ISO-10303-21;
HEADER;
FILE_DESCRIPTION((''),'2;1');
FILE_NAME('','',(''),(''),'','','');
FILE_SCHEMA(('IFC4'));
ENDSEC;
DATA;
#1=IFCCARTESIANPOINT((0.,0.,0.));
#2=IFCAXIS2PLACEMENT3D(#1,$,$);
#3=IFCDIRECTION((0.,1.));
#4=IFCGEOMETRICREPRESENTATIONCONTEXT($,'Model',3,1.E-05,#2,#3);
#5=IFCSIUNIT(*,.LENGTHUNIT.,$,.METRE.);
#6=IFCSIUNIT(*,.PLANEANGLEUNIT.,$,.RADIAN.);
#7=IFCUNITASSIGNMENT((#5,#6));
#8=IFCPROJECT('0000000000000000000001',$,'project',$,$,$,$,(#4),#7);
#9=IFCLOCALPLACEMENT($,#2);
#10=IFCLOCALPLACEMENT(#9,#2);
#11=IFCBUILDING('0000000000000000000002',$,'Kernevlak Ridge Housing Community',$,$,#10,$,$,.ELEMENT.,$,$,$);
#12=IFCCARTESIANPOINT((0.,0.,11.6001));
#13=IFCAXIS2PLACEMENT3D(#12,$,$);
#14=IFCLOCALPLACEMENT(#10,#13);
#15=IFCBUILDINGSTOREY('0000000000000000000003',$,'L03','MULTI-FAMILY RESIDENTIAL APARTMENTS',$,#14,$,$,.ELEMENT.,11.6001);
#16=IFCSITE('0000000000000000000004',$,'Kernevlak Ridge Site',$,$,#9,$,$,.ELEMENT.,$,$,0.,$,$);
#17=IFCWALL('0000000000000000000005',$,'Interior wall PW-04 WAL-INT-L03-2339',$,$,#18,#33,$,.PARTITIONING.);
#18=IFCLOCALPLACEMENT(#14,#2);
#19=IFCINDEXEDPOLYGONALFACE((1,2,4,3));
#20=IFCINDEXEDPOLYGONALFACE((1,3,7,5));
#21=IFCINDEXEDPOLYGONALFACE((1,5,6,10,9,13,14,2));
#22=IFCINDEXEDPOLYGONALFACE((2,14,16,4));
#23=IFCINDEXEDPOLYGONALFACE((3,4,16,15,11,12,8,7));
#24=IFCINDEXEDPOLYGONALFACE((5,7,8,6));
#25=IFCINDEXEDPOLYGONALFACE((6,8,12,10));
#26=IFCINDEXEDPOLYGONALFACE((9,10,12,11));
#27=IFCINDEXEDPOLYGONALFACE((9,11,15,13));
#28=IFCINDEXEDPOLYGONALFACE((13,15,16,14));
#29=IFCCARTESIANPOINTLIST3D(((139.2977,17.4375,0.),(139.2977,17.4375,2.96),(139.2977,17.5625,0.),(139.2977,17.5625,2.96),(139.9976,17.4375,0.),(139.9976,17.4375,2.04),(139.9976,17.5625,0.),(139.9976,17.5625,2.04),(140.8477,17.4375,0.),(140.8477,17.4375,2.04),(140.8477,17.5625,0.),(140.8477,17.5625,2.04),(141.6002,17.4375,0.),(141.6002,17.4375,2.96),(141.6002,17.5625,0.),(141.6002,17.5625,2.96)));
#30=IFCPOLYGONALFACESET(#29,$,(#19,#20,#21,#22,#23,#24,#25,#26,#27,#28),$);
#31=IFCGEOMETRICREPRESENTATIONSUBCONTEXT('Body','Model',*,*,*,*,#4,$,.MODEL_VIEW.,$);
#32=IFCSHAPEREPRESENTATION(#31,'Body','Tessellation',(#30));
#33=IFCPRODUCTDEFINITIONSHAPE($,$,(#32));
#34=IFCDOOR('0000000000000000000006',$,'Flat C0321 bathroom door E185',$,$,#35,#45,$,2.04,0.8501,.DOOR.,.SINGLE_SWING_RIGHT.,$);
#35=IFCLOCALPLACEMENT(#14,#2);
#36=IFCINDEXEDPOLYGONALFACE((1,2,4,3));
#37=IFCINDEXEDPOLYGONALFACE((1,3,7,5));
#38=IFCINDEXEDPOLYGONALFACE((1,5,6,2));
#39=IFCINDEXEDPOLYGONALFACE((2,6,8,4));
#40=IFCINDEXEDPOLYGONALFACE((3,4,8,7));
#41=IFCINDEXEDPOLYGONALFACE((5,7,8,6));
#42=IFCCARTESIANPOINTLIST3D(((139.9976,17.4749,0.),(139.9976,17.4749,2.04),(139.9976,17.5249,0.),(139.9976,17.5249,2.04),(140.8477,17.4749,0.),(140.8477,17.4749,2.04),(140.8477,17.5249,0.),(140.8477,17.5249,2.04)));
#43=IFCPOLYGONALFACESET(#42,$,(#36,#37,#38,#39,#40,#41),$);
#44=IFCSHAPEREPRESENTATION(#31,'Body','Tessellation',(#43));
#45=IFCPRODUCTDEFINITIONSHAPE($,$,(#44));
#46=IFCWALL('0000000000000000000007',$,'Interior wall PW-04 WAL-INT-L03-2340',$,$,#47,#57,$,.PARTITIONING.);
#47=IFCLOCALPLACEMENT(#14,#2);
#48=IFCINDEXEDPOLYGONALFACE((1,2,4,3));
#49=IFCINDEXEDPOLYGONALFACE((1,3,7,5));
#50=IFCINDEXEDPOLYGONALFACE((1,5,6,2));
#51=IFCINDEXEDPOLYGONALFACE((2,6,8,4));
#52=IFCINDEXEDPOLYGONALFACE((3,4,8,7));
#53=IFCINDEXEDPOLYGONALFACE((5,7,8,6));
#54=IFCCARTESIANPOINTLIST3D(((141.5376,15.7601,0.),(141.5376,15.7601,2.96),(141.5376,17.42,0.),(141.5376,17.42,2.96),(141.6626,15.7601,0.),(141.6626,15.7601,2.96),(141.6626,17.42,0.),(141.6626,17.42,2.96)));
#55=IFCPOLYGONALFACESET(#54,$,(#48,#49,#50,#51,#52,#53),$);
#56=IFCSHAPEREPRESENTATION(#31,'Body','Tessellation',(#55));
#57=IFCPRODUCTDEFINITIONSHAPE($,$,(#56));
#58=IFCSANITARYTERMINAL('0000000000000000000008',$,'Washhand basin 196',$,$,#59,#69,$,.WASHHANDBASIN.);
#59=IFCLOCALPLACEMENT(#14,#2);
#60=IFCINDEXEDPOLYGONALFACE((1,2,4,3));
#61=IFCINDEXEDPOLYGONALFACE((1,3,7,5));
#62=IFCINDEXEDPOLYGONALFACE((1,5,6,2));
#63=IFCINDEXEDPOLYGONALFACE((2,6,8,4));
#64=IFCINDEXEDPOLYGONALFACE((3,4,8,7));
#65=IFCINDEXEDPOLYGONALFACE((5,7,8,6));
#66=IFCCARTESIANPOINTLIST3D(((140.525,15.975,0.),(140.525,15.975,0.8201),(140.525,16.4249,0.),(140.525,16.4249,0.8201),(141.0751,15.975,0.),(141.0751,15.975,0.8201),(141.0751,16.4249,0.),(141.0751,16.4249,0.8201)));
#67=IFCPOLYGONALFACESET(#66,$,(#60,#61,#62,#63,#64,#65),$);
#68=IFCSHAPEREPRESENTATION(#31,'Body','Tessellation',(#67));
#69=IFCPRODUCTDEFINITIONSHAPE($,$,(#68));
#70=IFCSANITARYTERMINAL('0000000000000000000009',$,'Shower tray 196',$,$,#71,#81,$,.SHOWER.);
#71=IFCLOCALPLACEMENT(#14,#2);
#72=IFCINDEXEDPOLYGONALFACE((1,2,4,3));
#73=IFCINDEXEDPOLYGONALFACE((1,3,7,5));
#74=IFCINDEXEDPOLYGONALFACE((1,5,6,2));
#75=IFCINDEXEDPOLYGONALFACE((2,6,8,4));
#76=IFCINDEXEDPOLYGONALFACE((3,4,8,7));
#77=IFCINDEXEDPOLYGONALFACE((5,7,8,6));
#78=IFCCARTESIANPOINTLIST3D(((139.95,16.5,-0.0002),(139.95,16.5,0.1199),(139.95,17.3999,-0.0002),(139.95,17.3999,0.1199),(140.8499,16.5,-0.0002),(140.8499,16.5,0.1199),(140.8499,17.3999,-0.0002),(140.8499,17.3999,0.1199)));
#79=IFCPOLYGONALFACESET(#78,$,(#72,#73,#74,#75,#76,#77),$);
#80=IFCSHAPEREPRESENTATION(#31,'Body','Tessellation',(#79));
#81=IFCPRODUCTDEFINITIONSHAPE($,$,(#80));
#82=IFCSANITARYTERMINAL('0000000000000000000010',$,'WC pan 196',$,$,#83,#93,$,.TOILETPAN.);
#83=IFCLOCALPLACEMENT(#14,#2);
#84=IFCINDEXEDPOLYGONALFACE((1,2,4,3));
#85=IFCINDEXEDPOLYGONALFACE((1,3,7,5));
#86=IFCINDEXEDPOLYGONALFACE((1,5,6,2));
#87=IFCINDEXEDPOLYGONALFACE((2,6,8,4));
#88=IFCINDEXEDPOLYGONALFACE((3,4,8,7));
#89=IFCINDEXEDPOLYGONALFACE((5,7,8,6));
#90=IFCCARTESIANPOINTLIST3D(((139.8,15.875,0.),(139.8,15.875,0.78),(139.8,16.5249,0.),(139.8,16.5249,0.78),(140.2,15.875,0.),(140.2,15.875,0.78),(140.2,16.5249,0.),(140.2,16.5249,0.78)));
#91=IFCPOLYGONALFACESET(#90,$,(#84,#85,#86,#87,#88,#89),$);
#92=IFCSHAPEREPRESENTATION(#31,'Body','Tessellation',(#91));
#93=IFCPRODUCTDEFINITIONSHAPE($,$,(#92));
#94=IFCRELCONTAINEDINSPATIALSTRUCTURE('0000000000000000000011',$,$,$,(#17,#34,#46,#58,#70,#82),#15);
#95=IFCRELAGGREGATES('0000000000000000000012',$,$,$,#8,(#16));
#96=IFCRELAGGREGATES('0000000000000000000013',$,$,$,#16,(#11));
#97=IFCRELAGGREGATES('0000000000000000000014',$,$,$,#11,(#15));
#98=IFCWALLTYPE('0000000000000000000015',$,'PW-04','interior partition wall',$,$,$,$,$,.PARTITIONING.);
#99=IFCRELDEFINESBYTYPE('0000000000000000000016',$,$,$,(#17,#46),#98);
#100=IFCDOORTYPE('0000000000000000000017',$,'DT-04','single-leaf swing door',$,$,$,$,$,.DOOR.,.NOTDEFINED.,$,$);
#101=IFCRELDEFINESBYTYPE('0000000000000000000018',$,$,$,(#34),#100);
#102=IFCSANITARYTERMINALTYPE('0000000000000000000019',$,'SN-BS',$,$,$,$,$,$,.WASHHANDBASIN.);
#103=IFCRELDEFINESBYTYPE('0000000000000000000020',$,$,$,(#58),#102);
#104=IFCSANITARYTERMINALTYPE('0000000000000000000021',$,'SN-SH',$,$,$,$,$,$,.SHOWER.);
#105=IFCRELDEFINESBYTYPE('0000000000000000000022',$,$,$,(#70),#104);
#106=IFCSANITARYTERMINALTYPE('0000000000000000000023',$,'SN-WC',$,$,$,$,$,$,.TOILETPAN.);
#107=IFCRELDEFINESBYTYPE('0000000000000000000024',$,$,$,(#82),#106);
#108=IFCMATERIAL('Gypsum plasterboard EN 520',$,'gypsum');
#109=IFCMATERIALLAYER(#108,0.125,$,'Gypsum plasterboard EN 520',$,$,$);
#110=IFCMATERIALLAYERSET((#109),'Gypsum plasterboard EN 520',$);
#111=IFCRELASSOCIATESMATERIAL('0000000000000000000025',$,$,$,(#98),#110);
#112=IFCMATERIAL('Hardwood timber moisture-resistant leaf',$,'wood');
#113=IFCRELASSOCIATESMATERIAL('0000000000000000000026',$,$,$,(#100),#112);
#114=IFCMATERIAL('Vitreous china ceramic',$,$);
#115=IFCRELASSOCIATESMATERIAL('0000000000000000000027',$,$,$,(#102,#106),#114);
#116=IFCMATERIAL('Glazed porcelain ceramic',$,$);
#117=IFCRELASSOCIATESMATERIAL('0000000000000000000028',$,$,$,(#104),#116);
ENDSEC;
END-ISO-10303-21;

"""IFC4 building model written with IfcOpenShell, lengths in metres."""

from ifc_helpers import new_model, si_unit, direction, frame, frame_2d, origin, origin_2d, place, context, subcontext, project, spatial, rectangle, extrude, material, layer, layer_set, type_object, element, fill, save


model = new_model("IFC4")

# Units and contexts
model_context = context("Model", 3, precision=1e-05, world=origin(), true_north=direction((0.0, 1.0)))
body_context = subcontext(model_context, "Body", "Model", "MODEL_VIEW")
ifc_project = project(units=[si_unit("LENGTHUNIT", "METRE"), si_unit("PLANEANGLEUNIT", "RADIAN")], contexts=[model_context])

# Site, building, storey
site_placement = place(None, origin())
site = spatial("IfcSite", under=ifc_project, at=site_placement, Name="Kernevlak Ridge Site", CompositionType="ELEMENT", RefElevation=0.0)
building_placement = place(site_placement, origin())
building = spatial("IfcBuilding", under=site, at=building_placement, Name="Kernevlak Ridge Housing Community", CompositionType="ELEMENT")
storey_placement = place(building_placement, frame((0.0, 0.0, 11.6001)))
storey = spatial("IfcBuildingStorey", under=building, at=storey_placement, Name="L03", Description="MULTI-FAMILY RESIDENTIAL APARTMENTS", CompositionType="ELEMENT", Elevation=11.6001)

# Wall, opening, door
ifc_material_1 = material(Name="Gypsum plasterboard EN 520", Category="gypsum")
ifc_layer_1 = layer(ifc_material_1, 0.125, Name="Gypsum plasterboard EN 520")
ifc_layer_set_1 = layer_set([ifc_layer_1], Name="Gypsum plasterboard EN 520")
wall_type_1 = type_object("IfcWallType", Name="PW-04", Description="interior partition wall", PredefinedType="PARTITIONING", material=ifc_layer_set_1)
wall_1_placement = place(storey_placement, frame((139.2976, 17.5, 0.0), z_axis=(0.0, 0.0, 1.0), x_axis=(1.0, 0.0, 0.0)))
wall_1 = element("IfcWall", 1, at=wall_1_placement, inside=storey, type_object=wall_type_1, Name="Interior wall PW-04 WAL-INT-L03-2339", PredefinedType="PARTITIONING", context=body_context, shape_type="SweptSolid", body=[
    extrude(rectangle(XDim=2.3025, YDim=0.125, at=frame_2d((1.1514, 0.0))), origin(), (0.0, 0.0, 1.0), 2.96),
])
opening_1_placement = place(wall_1_placement, frame((0.7, 0.0, 0.0)))
opening_1 = element("IfcOpeningElement", 2, at=opening_1_placement, cuts=wall_1, PredefinedType="OPENING", context=body_context, shape_type="SweptSolid", body=[
    extrude(rectangle(XDim=0.8501, YDim=2.04, at=frame_2d((0.425, 1.02))), frame((0.0, 0.0725, 0.0), z_axis=(0.0, -1.0, 0.0), x_axis=(1.0, 0.0, 0.0)), (0.0, 0.0, 1.0), 0.145),
])
ifc_material_2 = material(Name="Hardwood timber moisture-resistant leaf", Category="wood")
door_type_1 = type_object("IfcDoorType", Name="DT-04", Description="single-leaf swing door", OperationType="NOTDEFINED", PredefinedType="DOOR", material=ifc_material_2)
door_1_placement = place(opening_1_placement, origin())
door_1 = element("IfcDoor", 3, at=door_1_placement, inside=storey, type_object=door_type_1, Name="Flat C0321 bathroom door E185", OperationType="SINGLE_SWING_RIGHT", OverallHeight=2.04, OverallWidth=0.8501, PredefinedType="DOOR", context=body_context, shape_type="SweptSolid", body=[
    extrude(rectangle(XDim=0.8501, YDim=2.04, at=frame_2d((0.425, 1.02))), frame((0.0, 0.0249, 0.0), z_axis=(0.0, -1.0, 0.0), x_axis=(1.0, 0.0, 0.0)), (0.0, 0.0, 1.0), 0.05),
])
fill(opening_1, door_1)

# Wall
wall_2_placement = place(storey_placement, frame((141.6001, 15.76, 0.0), z_axis=(0.0, 0.0, 1.0), x_axis=(0.0, 1.0, 0.0)))
element("IfcWall", 4, at=wall_2_placement, inside=storey, type_object=wall_type_1, Name="Interior wall PW-04 WAL-INT-L03-2340", PredefinedType="PARTITIONING", context=body_context, shape_type="SweptSolid", body=[
    extrude(rectangle(XDim=1.6599, YDim=0.125, at=frame_2d((0.8301, 0.0))), origin(), (0.0, 0.0, 1.0), 2.96),
])

# Sanitary terminals
ifc_material_3 = material(Name="Vitreous china ceramic")
sanitary_terminal_type_1 = type_object("IfcSanitaryTerminalType", Name="SN-BS", PredefinedType="WASHHANDBASIN", material=ifc_material_3)
sanitary_terminal_1_placement = place(storey_placement, frame((140.8, 16.2, 0.0), z_axis=(0.0, 0.0, 1.0), x_axis=(1.0, 0.0, 0.0)))
element("IfcSanitaryTerminal", 5, at=sanitary_terminal_1_placement, inside=storey, type_object=sanitary_terminal_type_1, Name="Washhand basin 196", PredefinedType="WASHHANDBASIN", context=body_context, shape_type="SweptSolid", body=[
    extrude(rectangle(XDim=0.55, YDim=0.45, at=origin_2d()), origin(), (0.0, 0.0, 1.0), 0.8201),
])
ifc_material_4 = material(Name="Glazed porcelain ceramic")
sanitary_terminal_type_2 = type_object("IfcSanitaryTerminalType", Name="SN-SH", PredefinedType="SHOWER", material=ifc_material_4)
sanitary_terminal_2_placement = place(storey_placement, frame((140.3999, 16.95, -0.0002), z_axis=(0.0, 0.0, 1.0), x_axis=(1.0, 0.0, 0.0)))
element("IfcSanitaryTerminal", 6, at=sanitary_terminal_2_placement, inside=storey, type_object=sanitary_terminal_type_2, Name="Shower tray 196", PredefinedType="SHOWER", context=body_context, shape_type="SweptSolid", body=[
    extrude(rectangle(XDim=0.8999, YDim=0.8999, at=origin_2d()), origin(), (0.0, 0.0, 1.0), 0.1201),
])
sanitary_terminal_type_3 = type_object("IfcSanitaryTerminalType", Name="SN-WC", PredefinedType="TOILETPAN", material=ifc_material_3)
sanitary_terminal_3_placement = place(storey_placement, frame((140.0, 16.2, 0.0), z_axis=(0.0, 0.0, 1.0), x_axis=(1.0, 0.0, 0.0)))
element("IfcSanitaryTerminal", 7, at=sanitary_terminal_3_placement, inside=storey, type_object=sanitary_terminal_type_3, Name="WC pan 196", PredefinedType="TOILETPAN", context=body_context, shape_type="SweptSolid", body=[
    extrude(rectangle(XDim=0.3999, YDim=0.6499, at=origin_2d()), origin(), (0.0, 0.0, 1.0), 0.78),
])

save(model, "model.ifc")
